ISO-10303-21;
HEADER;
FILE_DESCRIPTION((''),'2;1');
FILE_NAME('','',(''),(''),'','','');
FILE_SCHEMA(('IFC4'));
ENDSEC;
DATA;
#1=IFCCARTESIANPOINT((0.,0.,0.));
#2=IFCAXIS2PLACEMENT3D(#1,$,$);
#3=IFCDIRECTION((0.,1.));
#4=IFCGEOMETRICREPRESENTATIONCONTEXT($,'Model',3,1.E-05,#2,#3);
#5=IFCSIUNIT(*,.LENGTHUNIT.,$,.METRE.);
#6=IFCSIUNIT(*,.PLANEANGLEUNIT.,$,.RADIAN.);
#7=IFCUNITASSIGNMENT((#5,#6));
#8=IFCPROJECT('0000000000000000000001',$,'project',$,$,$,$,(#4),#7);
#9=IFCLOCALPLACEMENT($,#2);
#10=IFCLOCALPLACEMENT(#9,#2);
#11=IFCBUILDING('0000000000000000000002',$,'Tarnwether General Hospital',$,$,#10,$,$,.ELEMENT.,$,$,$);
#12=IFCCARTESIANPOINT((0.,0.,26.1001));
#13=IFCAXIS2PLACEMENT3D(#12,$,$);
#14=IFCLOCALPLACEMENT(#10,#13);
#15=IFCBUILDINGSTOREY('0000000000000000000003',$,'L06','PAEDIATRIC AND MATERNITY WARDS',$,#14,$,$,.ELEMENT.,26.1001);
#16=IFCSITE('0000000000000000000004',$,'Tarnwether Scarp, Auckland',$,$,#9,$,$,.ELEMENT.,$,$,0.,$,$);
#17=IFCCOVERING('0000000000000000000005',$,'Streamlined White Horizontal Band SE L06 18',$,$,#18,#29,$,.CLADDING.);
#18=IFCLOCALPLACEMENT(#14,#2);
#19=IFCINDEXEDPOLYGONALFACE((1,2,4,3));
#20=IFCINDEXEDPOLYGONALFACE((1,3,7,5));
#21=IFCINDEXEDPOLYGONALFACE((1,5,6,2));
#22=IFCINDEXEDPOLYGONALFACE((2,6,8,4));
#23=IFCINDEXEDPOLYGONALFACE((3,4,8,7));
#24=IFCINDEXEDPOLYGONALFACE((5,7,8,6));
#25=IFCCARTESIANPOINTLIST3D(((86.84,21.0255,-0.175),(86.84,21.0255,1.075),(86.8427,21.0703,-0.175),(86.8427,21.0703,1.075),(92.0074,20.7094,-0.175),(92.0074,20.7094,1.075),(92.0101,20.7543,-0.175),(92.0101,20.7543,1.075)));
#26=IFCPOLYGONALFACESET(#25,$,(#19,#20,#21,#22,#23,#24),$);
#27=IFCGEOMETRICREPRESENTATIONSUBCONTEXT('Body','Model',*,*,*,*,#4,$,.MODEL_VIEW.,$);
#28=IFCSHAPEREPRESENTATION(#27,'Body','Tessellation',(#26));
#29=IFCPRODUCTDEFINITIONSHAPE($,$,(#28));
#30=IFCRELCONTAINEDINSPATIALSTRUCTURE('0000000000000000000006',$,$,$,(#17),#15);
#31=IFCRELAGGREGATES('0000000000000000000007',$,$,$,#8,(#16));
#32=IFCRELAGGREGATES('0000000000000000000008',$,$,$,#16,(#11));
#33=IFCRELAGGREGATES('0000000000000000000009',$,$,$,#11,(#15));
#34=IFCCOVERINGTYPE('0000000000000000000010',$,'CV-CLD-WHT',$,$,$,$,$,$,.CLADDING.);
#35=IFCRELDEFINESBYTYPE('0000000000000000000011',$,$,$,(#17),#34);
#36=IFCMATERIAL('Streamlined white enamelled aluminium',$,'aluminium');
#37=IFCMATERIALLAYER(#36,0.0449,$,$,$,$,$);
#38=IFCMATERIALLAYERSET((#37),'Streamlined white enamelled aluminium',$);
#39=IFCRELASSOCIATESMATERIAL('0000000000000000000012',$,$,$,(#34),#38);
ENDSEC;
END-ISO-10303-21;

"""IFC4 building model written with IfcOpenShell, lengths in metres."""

from ifc_helpers import new_model, si_unit, direction, frame, origin, origin_2d, place, context, subcontext, project, spatial, rectangle, extrude, material, layer, layer_set, type_object, element, save


model = new_model("IFC4")

# Units and contexts
model_context = context("Model", 3, precision=1e-05, world=origin(), true_north=direction((0.0, 1.0)))
body_context = subcontext(model_context, "Body", "Model", "MODEL_VIEW")
ifc_project = project(units=[si_unit("LENGTHUNIT", "METRE"), si_unit("PLANEANGLEUNIT", "RADIAN")], contexts=[model_context])

# Site, building, storey
site_placement = place(None, origin())
site = spatial("IfcSite", under=ifc_project, at=site_placement, Name="Tarnwether Scarp, Auckland", CompositionType="ELEMENT", RefElevation=0.0)
building_placement = place(site_placement, origin())
building = spatial("IfcBuilding", under=site, at=building_placement, Name="Tarnwether General Hospital", CompositionType="ELEMENT")
storey_placement = place(building_placement, frame((0.0, 0.0, 26.1001)))
storey = spatial("IfcBuildingStorey", under=building, at=storey_placement, Name="L06", Description="PAEDIATRIC AND MATERNITY WARDS", CompositionType="ELEMENT", Elevation=26.1001)

# Covering
ifc_material_1 = material(Name="Streamlined white enamelled aluminium", Category="aluminium")
ifc_layer_1 = layer(ifc_material_1, 0.0449)
ifc_layer_set_1 = layer_set([ifc_layer_1], Name="Streamlined white enamelled aluminium")
covering_type = type_object("IfcCoveringType", Name="CV-CLD-WHT", PredefinedType="CLADDING", material=ifc_layer_set_1)
covering_placement = place(storey_placement, frame((89.425, 20.8899, -0.175), z_axis=(0.0, 0.0, 1.0), x_axis=(0.998135, -0.061049, 0.0)))
element("IfcCovering", 1, at=covering_placement, inside=storey, type_object=covering_type, Name="Streamlined White Horizontal Band SE L06 18", PredefinedType="CLADDING", context=body_context, shape_type="SweptSolid", body=[
    extrude(rectangle(XDim=5.177, YDim=0.0449, at=origin_2d()), origin(), (0.0, 0.0, 1.0), 1.25),
])

save(model, "model.ifc")
